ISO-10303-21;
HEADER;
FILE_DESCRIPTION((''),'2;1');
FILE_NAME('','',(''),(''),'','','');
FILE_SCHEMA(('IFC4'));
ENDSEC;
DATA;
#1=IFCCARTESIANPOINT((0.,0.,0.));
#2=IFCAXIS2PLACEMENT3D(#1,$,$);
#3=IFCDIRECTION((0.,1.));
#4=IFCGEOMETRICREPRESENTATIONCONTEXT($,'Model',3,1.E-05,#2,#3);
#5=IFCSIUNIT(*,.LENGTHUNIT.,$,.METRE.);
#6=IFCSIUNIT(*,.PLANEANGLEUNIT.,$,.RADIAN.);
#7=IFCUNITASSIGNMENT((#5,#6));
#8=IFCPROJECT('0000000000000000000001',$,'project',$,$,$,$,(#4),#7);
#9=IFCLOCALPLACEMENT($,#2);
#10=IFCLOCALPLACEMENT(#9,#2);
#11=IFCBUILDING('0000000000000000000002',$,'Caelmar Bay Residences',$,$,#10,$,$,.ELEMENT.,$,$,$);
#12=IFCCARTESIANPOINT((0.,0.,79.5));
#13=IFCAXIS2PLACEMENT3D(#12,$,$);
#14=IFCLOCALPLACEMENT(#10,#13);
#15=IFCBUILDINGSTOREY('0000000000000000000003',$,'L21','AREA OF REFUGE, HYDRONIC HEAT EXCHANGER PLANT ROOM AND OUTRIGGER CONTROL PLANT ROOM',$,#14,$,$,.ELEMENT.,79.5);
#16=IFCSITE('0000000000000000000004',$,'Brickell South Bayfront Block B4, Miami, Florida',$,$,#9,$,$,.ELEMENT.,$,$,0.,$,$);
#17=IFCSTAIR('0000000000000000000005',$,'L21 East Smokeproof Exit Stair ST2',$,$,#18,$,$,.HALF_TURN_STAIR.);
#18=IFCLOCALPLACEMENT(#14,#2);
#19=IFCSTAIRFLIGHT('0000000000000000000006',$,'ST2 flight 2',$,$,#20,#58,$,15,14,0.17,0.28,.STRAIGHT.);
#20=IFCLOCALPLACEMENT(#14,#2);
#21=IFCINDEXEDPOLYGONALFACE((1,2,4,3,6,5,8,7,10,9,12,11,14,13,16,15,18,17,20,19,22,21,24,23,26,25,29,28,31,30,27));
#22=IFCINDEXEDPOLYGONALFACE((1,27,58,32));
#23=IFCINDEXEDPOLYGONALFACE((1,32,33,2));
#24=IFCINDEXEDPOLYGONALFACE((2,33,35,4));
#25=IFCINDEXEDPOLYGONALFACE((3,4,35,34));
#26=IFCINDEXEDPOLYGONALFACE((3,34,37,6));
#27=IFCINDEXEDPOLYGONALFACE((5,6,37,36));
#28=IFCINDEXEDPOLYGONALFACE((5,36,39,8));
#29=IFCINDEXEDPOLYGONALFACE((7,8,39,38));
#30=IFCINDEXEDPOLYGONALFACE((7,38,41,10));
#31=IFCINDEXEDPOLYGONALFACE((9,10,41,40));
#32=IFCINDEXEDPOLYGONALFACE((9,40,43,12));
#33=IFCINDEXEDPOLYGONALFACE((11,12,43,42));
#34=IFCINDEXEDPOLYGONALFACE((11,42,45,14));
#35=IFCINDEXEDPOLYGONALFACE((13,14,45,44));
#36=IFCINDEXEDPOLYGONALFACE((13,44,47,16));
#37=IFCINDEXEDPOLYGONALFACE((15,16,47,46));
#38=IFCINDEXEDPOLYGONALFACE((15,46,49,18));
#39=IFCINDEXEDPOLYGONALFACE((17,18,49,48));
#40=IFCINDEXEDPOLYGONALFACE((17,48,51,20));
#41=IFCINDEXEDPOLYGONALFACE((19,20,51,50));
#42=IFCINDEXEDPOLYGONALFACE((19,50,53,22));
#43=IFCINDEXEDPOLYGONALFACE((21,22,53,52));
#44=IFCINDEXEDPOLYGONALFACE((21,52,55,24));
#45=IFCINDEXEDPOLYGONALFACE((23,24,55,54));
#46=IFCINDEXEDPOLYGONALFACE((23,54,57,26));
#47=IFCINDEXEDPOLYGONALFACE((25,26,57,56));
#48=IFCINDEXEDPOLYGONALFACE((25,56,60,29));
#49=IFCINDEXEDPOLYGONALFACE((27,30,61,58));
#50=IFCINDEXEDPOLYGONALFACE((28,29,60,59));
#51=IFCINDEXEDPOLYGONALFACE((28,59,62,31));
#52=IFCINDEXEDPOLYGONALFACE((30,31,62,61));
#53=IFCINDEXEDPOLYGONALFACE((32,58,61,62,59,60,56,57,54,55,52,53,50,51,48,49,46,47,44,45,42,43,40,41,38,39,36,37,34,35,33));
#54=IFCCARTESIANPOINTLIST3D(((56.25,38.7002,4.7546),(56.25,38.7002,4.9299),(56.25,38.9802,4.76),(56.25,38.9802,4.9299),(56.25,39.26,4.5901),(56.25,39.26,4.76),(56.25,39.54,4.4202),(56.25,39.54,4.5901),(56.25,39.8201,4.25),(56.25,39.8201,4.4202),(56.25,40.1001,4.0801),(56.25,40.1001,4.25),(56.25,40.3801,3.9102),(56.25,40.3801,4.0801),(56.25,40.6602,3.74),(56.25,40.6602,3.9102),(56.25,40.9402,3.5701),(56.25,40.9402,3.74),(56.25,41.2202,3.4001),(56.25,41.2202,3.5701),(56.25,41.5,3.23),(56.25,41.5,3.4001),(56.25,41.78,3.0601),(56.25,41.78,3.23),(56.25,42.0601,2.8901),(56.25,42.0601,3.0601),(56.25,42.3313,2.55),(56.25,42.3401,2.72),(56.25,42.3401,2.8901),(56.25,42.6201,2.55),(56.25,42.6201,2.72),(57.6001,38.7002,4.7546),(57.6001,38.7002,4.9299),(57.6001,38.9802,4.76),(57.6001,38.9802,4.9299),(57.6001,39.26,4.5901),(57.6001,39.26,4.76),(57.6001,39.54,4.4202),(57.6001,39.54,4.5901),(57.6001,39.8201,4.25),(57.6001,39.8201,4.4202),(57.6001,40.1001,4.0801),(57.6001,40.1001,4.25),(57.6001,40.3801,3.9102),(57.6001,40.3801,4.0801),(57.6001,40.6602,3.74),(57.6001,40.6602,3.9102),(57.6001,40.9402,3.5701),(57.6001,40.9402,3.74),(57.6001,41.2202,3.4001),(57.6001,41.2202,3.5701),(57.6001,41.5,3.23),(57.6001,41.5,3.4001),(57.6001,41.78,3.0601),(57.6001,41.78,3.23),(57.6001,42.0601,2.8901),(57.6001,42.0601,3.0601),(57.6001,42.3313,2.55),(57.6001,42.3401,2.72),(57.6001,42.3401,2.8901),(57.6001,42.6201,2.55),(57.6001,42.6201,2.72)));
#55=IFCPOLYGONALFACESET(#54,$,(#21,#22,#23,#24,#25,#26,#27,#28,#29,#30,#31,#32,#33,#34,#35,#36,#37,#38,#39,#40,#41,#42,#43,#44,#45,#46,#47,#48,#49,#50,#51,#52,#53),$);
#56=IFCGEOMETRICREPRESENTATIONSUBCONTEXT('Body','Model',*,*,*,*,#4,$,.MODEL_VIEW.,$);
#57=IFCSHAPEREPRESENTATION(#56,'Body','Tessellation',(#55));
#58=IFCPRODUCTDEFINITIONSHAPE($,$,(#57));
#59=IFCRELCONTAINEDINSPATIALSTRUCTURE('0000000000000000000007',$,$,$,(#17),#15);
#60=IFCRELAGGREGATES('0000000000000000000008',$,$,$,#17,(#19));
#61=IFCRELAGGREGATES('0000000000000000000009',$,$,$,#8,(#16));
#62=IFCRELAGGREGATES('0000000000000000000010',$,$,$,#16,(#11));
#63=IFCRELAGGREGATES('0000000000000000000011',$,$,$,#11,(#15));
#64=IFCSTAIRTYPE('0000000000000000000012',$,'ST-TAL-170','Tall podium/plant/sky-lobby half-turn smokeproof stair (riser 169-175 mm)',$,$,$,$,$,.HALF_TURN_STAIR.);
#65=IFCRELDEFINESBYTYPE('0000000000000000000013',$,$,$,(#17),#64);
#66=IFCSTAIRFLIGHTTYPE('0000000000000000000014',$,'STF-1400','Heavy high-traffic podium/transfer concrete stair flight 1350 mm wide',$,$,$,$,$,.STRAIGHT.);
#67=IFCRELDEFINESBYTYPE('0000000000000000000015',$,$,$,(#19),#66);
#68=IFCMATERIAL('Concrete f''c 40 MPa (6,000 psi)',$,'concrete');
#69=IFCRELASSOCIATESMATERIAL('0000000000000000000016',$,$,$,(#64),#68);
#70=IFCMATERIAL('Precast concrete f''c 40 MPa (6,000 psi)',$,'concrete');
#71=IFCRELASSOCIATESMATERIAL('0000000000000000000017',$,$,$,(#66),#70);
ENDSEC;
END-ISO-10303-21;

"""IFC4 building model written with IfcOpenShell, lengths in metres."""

from ifc_helpers import new_model, si_unit, direction, frame, origin, place, context, subcontext, project, spatial, polyline, outline, extrude, material, type_object, element, aggregate, save


model = new_model("IFC4")

# Units and contexts
model_context = context("Model", 3, precision=1e-05, world=origin(), true_north=direction((0.0, 1.0)))
body_context = subcontext(model_context, "Body", "Model", "MODEL_VIEW")
ifc_project = project(units=[si_unit("LENGTHUNIT", "METRE"), si_unit("PLANEANGLEUNIT", "RADIAN")], contexts=[model_context])

# Site, building, storey
site_placement = place(None, origin())
site = spatial("IfcSite", under=ifc_project, at=site_placement, Name="Brickell South Bayfront Block B4, Miami, Florida", CompositionType="ELEMENT", RefElevation=0.0)
building_placement = place(site_placement, origin())
building = spatial("IfcBuilding", under=site, at=building_placement, Name="Caelmar Bay Residences", CompositionType="ELEMENT")
storey_placement = place(building_placement, frame((0.0, 0.0, 79.5)))
storey = spatial("IfcBuildingStorey", under=building, at=storey_placement, Name="L21", Description="AREA OF REFUGE, HYDRONIC HEAT EXCHANGER PLANT ROOM AND OUTRIGGER CONTROL PLANT ROOM", CompositionType="ELEMENT", Elevation=79.5)

# Stair, stair flight
ifc_material_1 = material(Name="Concrete f'c 40 MPa (6,000 psi)", Category="concrete")
stair_type = type_object("IfcStairType", Name="ST-TAL-170", Description="Tall podium/plant/sky-lobby half-turn smokeproof stair (riser 169-175 mm)", PredefinedType="HALF_TURN_STAIR", material=ifc_material_1)
stair_placement = place(storey_placement, origin())
stair = element("IfcStair", 1, at=stair_placement, inside=storey, type_object=stair_type, Name="L21 East Smokeproof Exit Stair ST2", PredefinedType="HALF_TURN_STAIR")
ifc_material_2 = material(Name="Precast concrete f'c 40 MPa (6,000 psi)", Category="concrete")
stair_flight_type = type_object("IfcStairFlightType", Name="STF-1400", Description="Heavy high-traffic podium/transfer concrete stair flight 1350 mm wide", PredefinedType="STRAIGHT", material=ifc_material_2)
stair_flight_1_placement = place(storey_placement, frame((56.925, 42.6201, 2.55), z_axis=(0.0, 0.0, 1.0), x_axis=(0.0, -1.0, 0.0)))
stair_flight_1 = element("IfcStairFlight", 2, at=stair_flight_1_placement, type_object=stair_flight_type, Name="ST2 flight 2", NumberOfRisers=15, NumberOfTreads=14, PredefinedType="STRAIGHT", RiserHeight=0.17, TreadLength=0.28, context=body_context, shape_type="SweptSolid", body=[
    extrude(outline(polyline([(0.0, 0.0), (0.0, 0.1699), (0.28, 0.1699), (0.28, 0.3401), (0.5601, 0.3401), (0.5601, 0.51), (0.8401, 0.51), (0.8401, 0.6799), (1.1201, 0.6799), (1.1201, 0.8501), (1.3999, 0.8501), (1.3999, 1.02), (1.6799, 1.02), (1.6799, 1.1899), (1.96, 1.1899), (1.96, 1.3601), (2.24, 1.3601), (2.24, 1.53), (2.52, 1.53), (2.52, 1.7), (2.8, 1.7), (2.8, 1.8701), (3.0801, 1.8701), (3.0801, 2.04), (3.3601, 2.04), (3.3601, 2.21), (3.6399, 2.21), (3.6399, 2.3799), (3.9199, 2.3799), (3.9199, 2.55), (3.9199, 2.2046), (0.2888, 0.0), (0.0, 0.0)])), frame((0.0, 0.675, 0.0), z_axis=(0.0, -1.0, 0.0), x_axis=(1.0, 0.0, 0.0)), (0.0, 0.0, 1.0), 1.3501),
])
aggregate(stair, [stair_flight_1])

save(model, "model.ifc")
